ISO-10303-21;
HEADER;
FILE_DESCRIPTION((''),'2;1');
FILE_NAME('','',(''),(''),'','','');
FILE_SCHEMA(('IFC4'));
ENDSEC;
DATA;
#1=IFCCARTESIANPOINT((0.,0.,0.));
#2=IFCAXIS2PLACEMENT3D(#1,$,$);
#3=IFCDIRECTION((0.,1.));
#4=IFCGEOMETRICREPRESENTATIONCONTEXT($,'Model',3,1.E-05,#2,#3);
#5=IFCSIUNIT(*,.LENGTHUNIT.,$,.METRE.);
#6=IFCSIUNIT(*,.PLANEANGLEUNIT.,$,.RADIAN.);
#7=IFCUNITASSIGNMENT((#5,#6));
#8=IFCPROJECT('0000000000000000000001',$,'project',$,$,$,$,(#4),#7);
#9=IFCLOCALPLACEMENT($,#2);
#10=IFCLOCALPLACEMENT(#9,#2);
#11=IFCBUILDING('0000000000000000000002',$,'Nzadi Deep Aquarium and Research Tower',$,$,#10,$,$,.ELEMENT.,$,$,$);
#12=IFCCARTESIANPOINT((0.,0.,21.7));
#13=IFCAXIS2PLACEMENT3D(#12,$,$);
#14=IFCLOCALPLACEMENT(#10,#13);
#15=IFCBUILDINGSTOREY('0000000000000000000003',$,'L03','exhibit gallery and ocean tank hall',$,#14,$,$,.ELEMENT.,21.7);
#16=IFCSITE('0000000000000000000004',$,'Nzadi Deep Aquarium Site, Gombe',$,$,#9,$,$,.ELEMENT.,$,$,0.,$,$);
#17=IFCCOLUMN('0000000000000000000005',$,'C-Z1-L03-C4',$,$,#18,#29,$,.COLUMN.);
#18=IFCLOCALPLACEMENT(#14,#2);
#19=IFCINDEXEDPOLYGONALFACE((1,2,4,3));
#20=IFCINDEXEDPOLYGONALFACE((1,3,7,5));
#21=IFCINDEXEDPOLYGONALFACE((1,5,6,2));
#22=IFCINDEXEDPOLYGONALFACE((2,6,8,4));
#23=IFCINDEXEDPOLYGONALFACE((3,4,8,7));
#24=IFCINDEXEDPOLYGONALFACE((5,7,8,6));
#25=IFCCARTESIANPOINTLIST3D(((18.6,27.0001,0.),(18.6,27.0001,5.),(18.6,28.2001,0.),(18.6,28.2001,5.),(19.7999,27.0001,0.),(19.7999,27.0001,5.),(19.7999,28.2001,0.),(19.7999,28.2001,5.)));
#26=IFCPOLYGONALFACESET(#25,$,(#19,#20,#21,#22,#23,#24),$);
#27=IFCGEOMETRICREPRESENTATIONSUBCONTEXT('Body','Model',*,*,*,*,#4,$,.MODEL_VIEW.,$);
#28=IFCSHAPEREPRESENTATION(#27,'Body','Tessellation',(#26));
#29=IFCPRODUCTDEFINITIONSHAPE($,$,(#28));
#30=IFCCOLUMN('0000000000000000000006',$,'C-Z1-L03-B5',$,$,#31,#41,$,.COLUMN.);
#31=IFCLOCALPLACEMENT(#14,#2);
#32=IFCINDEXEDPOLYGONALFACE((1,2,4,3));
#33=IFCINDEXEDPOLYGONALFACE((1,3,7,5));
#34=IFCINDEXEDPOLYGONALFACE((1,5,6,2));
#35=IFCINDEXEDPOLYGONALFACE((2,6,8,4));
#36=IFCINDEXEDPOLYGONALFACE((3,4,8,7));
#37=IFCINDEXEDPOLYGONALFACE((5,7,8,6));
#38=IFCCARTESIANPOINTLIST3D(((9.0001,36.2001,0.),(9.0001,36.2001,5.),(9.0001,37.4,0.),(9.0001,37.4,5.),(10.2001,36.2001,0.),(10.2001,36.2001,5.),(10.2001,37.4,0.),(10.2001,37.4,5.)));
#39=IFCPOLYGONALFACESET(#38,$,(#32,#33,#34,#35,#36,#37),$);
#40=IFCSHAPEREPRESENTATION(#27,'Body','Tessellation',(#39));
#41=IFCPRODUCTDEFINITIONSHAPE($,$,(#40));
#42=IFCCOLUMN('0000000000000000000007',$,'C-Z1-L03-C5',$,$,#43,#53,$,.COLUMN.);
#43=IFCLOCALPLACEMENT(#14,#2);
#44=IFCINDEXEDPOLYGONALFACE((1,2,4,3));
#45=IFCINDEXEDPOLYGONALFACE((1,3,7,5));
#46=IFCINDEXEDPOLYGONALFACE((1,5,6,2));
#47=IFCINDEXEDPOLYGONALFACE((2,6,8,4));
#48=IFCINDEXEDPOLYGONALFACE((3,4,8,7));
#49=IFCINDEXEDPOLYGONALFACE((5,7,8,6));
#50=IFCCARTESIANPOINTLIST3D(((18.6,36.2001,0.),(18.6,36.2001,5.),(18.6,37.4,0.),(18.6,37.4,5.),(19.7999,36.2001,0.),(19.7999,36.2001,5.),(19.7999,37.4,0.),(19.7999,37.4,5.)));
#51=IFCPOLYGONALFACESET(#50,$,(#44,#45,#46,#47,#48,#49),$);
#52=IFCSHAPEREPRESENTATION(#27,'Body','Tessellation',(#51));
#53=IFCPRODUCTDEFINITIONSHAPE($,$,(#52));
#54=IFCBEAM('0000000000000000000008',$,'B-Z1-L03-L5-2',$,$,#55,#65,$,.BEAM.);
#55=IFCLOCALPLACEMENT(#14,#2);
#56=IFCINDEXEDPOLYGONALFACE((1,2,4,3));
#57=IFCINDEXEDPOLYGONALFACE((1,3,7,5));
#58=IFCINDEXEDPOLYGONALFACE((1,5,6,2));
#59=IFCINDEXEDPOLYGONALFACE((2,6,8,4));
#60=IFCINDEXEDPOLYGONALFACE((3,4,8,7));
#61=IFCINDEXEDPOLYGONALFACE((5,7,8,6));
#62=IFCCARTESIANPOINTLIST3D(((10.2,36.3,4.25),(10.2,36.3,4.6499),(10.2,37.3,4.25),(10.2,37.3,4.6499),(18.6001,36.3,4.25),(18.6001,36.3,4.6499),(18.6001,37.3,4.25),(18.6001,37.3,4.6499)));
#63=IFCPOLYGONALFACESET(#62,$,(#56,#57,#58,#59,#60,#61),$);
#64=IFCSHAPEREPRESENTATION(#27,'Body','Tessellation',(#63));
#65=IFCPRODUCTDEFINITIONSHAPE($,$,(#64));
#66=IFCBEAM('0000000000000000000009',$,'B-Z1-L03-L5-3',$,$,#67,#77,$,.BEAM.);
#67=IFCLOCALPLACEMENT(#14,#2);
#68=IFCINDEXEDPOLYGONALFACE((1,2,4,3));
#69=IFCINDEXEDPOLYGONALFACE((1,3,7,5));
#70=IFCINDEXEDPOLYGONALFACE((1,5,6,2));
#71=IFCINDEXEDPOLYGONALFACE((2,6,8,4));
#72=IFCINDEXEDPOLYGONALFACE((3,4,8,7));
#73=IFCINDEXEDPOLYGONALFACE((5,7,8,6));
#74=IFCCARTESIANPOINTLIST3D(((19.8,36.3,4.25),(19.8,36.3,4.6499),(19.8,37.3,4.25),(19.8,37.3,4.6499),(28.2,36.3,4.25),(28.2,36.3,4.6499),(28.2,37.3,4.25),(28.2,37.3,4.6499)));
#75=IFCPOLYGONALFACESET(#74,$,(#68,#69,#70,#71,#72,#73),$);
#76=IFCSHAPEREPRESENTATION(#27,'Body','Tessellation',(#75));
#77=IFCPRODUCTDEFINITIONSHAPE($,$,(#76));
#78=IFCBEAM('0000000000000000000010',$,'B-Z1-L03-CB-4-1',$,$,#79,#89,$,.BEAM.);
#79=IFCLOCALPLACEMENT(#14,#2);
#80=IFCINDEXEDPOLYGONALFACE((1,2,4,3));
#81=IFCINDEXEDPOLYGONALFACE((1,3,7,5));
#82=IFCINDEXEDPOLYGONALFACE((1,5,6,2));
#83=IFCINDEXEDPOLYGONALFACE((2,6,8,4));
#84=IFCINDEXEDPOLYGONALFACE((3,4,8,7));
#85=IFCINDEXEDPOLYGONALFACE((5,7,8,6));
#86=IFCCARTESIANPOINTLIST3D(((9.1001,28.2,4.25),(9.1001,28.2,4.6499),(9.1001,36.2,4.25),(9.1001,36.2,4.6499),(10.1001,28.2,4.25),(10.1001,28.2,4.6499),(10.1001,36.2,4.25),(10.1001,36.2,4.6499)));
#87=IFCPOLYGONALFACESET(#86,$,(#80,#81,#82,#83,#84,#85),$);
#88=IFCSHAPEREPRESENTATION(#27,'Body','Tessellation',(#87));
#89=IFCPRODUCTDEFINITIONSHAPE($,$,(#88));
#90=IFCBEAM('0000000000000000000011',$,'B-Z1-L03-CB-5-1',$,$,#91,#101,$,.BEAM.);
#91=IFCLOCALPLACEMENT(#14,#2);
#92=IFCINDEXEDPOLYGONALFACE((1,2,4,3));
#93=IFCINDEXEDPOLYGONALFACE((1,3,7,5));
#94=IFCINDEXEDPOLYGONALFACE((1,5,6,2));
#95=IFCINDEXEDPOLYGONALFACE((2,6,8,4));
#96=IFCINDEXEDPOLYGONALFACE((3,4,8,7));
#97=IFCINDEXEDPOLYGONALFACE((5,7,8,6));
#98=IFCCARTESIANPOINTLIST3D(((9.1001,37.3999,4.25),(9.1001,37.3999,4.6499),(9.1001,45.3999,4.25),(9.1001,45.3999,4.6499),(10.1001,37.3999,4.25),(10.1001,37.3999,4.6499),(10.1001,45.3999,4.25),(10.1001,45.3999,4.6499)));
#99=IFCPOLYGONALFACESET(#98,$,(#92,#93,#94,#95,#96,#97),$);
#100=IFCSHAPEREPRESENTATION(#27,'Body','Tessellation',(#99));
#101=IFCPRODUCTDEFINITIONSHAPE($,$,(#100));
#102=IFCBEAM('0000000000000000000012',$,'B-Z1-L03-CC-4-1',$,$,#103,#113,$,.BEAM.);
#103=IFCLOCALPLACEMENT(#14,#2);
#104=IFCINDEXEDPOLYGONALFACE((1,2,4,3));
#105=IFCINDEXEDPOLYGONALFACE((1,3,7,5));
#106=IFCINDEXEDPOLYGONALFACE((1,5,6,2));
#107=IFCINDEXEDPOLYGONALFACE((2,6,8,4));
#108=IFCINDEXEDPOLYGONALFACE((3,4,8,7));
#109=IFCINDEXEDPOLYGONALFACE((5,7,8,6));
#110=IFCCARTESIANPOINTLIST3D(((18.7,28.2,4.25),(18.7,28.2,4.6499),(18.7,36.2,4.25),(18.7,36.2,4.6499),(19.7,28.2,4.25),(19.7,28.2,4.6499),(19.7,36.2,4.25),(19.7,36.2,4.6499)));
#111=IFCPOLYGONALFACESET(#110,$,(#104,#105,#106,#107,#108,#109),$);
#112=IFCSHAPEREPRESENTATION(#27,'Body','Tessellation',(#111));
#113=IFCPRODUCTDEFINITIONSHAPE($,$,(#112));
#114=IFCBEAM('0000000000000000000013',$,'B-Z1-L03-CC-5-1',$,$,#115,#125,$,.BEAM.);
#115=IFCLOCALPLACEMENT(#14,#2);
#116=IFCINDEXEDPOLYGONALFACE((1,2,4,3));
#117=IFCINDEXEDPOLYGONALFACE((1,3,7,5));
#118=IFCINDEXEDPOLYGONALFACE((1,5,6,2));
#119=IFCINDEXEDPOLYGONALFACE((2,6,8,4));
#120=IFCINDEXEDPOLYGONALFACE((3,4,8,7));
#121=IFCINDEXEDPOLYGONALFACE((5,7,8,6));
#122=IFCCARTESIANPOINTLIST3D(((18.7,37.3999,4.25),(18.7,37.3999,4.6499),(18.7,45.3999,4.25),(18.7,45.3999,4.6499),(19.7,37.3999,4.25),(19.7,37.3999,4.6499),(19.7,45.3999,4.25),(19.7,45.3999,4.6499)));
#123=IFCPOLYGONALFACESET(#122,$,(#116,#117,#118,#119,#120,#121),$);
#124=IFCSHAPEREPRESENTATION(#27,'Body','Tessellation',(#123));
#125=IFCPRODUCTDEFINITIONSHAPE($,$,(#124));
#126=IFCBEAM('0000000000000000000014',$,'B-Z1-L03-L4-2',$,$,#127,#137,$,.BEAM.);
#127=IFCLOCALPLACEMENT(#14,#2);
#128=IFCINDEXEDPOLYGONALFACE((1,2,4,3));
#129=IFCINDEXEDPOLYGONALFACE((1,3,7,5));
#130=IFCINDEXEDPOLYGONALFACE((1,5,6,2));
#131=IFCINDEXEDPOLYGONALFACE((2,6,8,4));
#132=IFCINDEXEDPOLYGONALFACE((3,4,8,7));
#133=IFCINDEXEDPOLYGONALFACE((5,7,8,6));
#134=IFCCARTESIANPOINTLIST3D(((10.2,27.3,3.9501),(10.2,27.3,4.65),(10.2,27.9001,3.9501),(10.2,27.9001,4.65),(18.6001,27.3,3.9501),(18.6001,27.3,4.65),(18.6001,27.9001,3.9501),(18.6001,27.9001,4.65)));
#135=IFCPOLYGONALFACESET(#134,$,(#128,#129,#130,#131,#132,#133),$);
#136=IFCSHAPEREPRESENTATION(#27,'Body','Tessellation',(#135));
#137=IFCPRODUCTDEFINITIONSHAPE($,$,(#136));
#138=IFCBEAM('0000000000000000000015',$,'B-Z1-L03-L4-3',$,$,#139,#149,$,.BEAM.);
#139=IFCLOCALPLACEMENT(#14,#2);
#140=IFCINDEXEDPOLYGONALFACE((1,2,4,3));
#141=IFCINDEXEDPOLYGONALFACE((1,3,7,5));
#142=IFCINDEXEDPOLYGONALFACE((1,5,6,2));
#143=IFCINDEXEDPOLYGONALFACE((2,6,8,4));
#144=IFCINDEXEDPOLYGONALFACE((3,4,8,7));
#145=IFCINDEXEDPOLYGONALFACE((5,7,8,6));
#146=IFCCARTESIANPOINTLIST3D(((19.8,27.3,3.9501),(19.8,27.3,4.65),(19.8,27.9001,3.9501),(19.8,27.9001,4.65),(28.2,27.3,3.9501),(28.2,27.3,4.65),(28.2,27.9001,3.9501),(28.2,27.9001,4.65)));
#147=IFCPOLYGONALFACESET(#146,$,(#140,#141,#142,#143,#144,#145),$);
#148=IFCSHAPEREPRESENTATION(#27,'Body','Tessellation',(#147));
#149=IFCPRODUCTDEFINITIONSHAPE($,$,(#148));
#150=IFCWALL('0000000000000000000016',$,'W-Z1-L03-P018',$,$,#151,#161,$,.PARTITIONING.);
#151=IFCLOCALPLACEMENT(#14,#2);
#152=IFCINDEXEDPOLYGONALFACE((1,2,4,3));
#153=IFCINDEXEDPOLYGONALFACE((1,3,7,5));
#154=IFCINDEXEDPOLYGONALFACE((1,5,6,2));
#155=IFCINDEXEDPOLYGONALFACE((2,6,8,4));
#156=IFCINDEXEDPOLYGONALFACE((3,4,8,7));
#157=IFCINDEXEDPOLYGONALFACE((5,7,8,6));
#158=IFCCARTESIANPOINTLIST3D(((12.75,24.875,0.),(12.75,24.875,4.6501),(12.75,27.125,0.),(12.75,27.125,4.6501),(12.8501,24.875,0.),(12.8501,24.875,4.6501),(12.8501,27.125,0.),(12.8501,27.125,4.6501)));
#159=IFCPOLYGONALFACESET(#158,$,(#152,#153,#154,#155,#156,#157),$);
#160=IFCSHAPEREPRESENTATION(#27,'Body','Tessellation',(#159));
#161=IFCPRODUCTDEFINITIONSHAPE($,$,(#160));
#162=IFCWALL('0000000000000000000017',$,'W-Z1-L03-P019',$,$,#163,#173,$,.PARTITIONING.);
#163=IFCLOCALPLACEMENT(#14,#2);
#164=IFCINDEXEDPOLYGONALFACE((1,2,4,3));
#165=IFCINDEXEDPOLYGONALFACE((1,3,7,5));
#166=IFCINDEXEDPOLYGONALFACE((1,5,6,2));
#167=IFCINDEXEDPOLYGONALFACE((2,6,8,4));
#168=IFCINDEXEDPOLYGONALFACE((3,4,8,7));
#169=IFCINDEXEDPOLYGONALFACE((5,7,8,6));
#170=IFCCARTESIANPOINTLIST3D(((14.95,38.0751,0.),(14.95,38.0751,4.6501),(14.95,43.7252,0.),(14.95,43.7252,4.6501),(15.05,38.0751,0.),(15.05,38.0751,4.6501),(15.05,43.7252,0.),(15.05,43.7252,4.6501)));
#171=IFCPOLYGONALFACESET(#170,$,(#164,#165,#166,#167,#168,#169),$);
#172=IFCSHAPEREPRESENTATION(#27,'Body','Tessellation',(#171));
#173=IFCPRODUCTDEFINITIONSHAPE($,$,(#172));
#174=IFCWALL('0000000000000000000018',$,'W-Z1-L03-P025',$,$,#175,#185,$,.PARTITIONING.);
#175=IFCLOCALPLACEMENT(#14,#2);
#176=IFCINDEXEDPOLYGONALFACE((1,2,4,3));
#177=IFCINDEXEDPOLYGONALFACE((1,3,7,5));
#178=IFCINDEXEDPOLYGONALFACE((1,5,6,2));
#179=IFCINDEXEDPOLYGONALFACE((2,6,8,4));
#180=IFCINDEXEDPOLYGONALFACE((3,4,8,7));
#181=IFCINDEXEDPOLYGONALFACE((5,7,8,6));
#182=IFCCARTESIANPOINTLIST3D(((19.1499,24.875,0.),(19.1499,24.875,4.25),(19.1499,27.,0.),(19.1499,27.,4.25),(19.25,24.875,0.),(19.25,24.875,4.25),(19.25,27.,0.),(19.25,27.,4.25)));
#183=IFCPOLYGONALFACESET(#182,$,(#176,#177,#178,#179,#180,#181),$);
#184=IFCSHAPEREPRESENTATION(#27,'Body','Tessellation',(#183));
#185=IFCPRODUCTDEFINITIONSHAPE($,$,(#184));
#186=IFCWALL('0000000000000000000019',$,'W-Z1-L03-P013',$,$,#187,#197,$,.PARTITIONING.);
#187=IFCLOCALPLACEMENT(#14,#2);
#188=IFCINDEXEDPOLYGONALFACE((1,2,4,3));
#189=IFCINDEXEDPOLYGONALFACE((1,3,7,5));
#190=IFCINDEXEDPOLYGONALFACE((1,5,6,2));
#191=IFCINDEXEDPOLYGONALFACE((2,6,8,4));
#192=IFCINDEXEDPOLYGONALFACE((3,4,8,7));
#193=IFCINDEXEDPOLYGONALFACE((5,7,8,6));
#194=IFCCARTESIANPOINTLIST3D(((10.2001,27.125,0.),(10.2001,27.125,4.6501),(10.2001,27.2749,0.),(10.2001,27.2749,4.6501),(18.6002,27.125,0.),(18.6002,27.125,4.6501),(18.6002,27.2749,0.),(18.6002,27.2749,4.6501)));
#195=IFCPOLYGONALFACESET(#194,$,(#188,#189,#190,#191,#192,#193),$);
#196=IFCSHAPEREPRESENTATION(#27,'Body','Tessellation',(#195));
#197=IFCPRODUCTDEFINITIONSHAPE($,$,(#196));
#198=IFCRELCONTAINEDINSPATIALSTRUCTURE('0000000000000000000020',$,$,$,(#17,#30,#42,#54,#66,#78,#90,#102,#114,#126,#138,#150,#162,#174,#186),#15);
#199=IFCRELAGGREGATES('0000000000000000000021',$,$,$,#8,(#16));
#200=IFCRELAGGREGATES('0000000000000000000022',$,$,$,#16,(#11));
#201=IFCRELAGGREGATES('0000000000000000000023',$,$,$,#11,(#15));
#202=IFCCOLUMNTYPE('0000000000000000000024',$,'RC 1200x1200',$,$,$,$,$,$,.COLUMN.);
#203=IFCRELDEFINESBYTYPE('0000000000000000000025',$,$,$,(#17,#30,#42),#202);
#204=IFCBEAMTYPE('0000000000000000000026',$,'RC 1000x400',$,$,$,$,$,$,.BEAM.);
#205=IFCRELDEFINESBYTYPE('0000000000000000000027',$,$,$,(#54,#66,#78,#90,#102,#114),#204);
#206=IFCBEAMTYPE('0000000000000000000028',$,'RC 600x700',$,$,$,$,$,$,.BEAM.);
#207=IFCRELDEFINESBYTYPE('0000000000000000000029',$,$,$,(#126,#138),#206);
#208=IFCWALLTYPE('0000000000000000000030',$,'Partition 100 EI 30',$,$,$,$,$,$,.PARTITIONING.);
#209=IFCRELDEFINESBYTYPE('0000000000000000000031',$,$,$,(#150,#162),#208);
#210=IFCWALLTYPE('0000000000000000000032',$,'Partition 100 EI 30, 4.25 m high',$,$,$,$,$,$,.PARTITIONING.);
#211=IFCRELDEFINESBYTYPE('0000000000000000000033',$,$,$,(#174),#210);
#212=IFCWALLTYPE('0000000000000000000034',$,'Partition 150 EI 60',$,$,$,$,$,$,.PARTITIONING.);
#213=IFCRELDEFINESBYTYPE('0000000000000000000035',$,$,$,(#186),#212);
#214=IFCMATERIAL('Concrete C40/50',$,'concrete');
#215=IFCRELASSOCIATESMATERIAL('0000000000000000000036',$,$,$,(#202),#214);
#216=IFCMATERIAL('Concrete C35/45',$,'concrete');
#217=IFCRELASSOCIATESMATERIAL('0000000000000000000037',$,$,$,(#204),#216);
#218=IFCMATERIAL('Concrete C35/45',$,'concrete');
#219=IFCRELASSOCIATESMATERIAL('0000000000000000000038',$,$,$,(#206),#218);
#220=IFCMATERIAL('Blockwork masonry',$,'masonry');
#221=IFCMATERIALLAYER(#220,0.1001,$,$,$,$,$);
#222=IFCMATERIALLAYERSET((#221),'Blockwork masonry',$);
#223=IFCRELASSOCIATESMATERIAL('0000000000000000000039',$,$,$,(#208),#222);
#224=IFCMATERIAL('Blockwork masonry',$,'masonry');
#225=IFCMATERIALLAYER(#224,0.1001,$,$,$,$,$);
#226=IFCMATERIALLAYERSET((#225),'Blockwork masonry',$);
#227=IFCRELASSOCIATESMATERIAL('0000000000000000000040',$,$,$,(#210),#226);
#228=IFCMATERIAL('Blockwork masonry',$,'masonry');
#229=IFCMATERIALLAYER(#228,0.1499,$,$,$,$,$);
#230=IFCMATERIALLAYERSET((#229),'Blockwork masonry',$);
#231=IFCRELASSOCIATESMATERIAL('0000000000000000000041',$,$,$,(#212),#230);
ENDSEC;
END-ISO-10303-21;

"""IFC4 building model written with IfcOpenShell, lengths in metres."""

from ifc_helpers import new_model, si_unit, direction, frame, frame_2d, origin, origin_2d, place, context, subcontext, project, spatial, rectangle, extrude, material, layer, layer_set, material_profile, profile_set, type_object, element, save


model = new_model("IFC4")

# Units and contexts
model_context = context("Model", 3, precision=1e-05, world=origin(), true_north=direction((0.0, 1.0)))
body_context = subcontext(model_context, "Body", "Model", "MODEL_VIEW")
ifc_project = project(units=[si_unit("LENGTHUNIT", "METRE"), si_unit("PLANEANGLEUNIT", "RADIAN")], contexts=[model_context])

# Site, building, storey
site_placement = place(None, origin())
site = spatial("IfcSite", under=ifc_project, at=site_placement, Name="Nzadi Deep Aquarium Site, Gombe", CompositionType="ELEMENT", RefElevation=0.0)
building_placement = place(site_placement, origin())
building = spatial("IfcBuilding", under=site, at=building_placement, Name="Nzadi Deep Aquarium and Research Tower", CompositionType="ELEMENT")
storey_placement = place(building_placement, frame((0.0, 0.0, 21.7)))
storey = spatial("IfcBuildingStorey", under=building, at=storey_placement, Name="L03", Description="exhibit gallery and ocean tank hall", CompositionType="ELEMENT", Elevation=21.7)

# Columns
ifc_material_1 = material(Name="Concrete C40/50", Category="concrete")
ifc_material_profile_1 = material_profile(ifc_material_1, rectangle(XDim=1.2, YDim=1.2, at=origin_2d()))
ifc_profile_set_1 = profile_set([ifc_material_profile_1], Name="Concrete C40/50")
column_type = type_object("IfcColumnType", Name="RC 1200x1200", PredefinedType="COLUMN", material=ifc_profile_set_1)
for number, where, z_axis, x_axis, name in (
    (1, (19.2, 27.6001, 0.0), (0.0, 0.0, 1.0), (1.0, 0.0, 0.0), "C-Z1-L03-C4"),
    (2, (9.6001, 36.8, 0.0), (0.0, 0.0, 1.0), (1.0, 0.0, 0.0), "C-Z1-L03-B5"),
    (3, (19.2, 36.8, 0.0), (0.0, 0.0, 1.0), (1.0, 0.0, 0.0), "C-Z1-L03-C5"),
):
    element("IfcColumn", number, at=place(storey_placement, frame(where, z_axis=z_axis, x_axis=x_axis)), inside=storey, type_object=column_type, Name=name, PredefinedType="COLUMN", context=body_context, shape_type="SweptSolid", body=[
        extrude(rectangle(XDim=1.2, YDim=1.2, at=origin_2d()), origin(), (0.0, 0.0, 1.0), 5.0),
    ])

# Beams
ifc_material_2 = material(Name="Concrete C35/45", Category="concrete")
ifc_material_profile_2 = material_profile(ifc_material_2, rectangle(XDim=1.0, YDim=0.3999, at=origin_2d()))
ifc_profile_set_2 = profile_set([ifc_material_profile_2], Name="Concrete C35/45")
beam_type_1 = type_object("IfcBeamType", Name="RC 1000x400", PredefinedType="BEAM", material=ifc_profile_set_2)
beam_1_placement = place(storey_placement, frame((10.2, 36.8, 4.45), z_axis=(1.0, 0.0, 0.0), x_axis=(0.0, 1.0, 0.0)))
element("IfcBeam", 4, at=beam_1_placement, inside=storey, type_object=beam_type_1, Name="B-Z1-L03-L5-2", PredefinedType="BEAM", context=body_context, shape_type="SweptSolid", body=[
    extrude(rectangle(XDim=1.0, YDim=0.3999, at=origin_2d()), origin(), (0.0, 0.0, 1.0), 8.4001),
])
beam_2_placement = place(storey_placement, frame((19.8, 36.8, 4.45), z_axis=(1.0, 0.0, 0.0), x_axis=(0.0, 1.0, 0.0)))
element("IfcBeam", 5, at=beam_2_placement, inside=storey, type_object=beam_type_1, Name="B-Z1-L03-L5-3", PredefinedType="BEAM", context=body_context, shape_type="SweptSolid", body=[
    extrude(rectangle(XDim=1.0, YDim=0.3999, at=origin_2d()), origin(), (0.0, 0.0, 1.0), 8.3999),
])
for number, where, z_axis, x_axis, name in (
    (6, (9.6001, 28.2, 4.45), (0.0, 1.0, 0.0), (-1.0, 0.0, 0.0), "B-Z1-L03-CB-4-1"),
    (7, (9.6001, 37.3999, 4.45), (0.0, 1.0, 0.0), (-1.0, 0.0, 0.0), "B-Z1-L03-CB-5-1"),
    (8, (19.2, 28.2, 4.45), (0.0, 1.0, 0.0), (-1.0, 0.0, 0.0), "B-Z1-L03-CC-4-1"),
    (9, (19.2, 37.3999, 4.45), (0.0, 1.0, 0.0), (-1.0, 0.0, 0.0), "B-Z1-L03-CC-5-1"),
):
    element("IfcBeam", number, at=place(storey_placement, frame(where, z_axis=z_axis, x_axis=x_axis)), inside=storey, type_object=beam_type_1, Name=name, PredefinedType="BEAM", context=body_context, shape_type="SweptSolid", body=[
        extrude(rectangle(XDim=1.0, YDim=0.3999, at=origin_2d()), origin(), (0.0, 0.0, 1.0), 8.0),
    ])
ifc_material_3 = material(Name="Concrete C35/45", Category="concrete")
ifc_material_profile_3 = material_profile(ifc_material_3, rectangle(XDim=0.6001, YDim=0.7, at=origin_2d()))
ifc_profile_set_3 = profile_set([ifc_material_profile_3], Name="Concrete C35/45")
beam_type_2 = type_object("IfcBeamType", Name="RC 600x700", PredefinedType="BEAM", material=ifc_profile_set_3)
beam_3_placement = place(storey_placement, frame((10.2, 27.6001, 4.3), z_axis=(1.0, 0.0, 0.0), x_axis=(0.0, 1.0, 0.0)))
element("IfcBeam", 10, at=beam_3_placement, inside=storey, type_object=beam_type_2, Name="B-Z1-L03-L4-2", PredefinedType="BEAM", context=body_context, shape_type="SweptSolid", body=[
    extrude(rectangle(XDim=0.6001, YDim=0.7, at=origin_2d()), origin(), (0.0, 0.0, 1.0), 8.4001),
])
beam_4_placement = place(storey_placement, frame((19.8, 27.6001, 4.3), z_axis=(1.0, 0.0, 0.0), x_axis=(0.0, 1.0, 0.0)))
element("IfcBeam", 11, at=beam_4_placement, inside=storey, type_object=beam_type_2, Name="B-Z1-L03-L4-3", PredefinedType="BEAM", context=body_context, shape_type="SweptSolid", body=[
    extrude(rectangle(XDim=0.6001, YDim=0.7, at=origin_2d()), origin(), (0.0, 0.0, 1.0), 8.3999),
])

# Walls
ifc_material_4 = material(Name="Blockwork masonry", Category="masonry")
ifc_layer_1 = layer(ifc_material_4, 0.1001)
ifc_layer_set_1 = layer_set([ifc_layer_1], Name="Blockwork masonry")
wall_type_1 = type_object("IfcWallType", Name="Partition 100 EI 30", PredefinedType="PARTITIONING", material=ifc_layer_set_1)
wall_1_placement = place(storey_placement, frame((12.8, 24.875, 0.0), z_axis=(0.0, 0.0, 1.0), x_axis=(0.0, 1.0, 0.0)))
element("IfcWall", 12, at=wall_1_placement, inside=storey, type_object=wall_type_1, Name="W-Z1-L03-P018", PredefinedType="PARTITIONING", context=body_context, shape_type="SweptSolid", body=[
    extrude(rectangle(XDim=2.25, YDim=0.1001, at=frame_2d((1.125, 0.0))), origin(), (0.0, 0.0, 1.0), 4.6501),
])
wall_2_placement = place(storey_placement, frame((15.0, 38.075, 0.0), z_axis=(0.0, 0.0, 1.0), x_axis=(0.0, 1.0, 0.0)))
element("IfcWall", 13, at=wall_2_placement, inside=storey, type_object=wall_type_1, Name="W-Z1-L03-P019", PredefinedType="PARTITIONING", context=body_context, shape_type="SweptSolid", body=[
    extrude(rectangle(XDim=5.6501, YDim=0.1001, at=frame_2d((2.8252, 0.0))), origin(), (0.0, 0.0, 1.0), 4.6501),
])
ifc_material_5 = material(Name="Blockwork masonry", Category="masonry")
ifc_layer_2 = layer(ifc_material_5, 0.1001)
ifc_layer_set_2 = layer_set([ifc_layer_2], Name="Blockwork masonry")
wall_type_2 = type_object("IfcWallType", Name="Partition 100 EI 30, 4.25 m high", PredefinedType="PARTITIONING", material=ifc_layer_set_2)
wall_3_placement = place(storey_placement, frame((19.2, 24.875, 0.0), z_axis=(0.0, 0.0, 1.0), x_axis=(0.0, 1.0, 0.0)))
element("IfcWall", 14, at=wall_3_placement, inside=storey, type_object=wall_type_2, Name="W-Z1-L03-P025", PredefinedType="PARTITIONING", context=body_context, shape_type="SweptSolid", body=[
    extrude(rectangle(XDim=2.125, YDim=0.1001, at=frame_2d((1.0625, 0.0))), origin(), (0.0, 0.0, 1.0), 4.25),
])
ifc_material_6 = material(Name="Blockwork masonry", Category="masonry")
ifc_layer_3 = layer(ifc_material_6, 0.1499)
ifc_layer_set_3 = layer_set([ifc_layer_3], Name="Blockwork masonry")
wall_type_3 = type_object("IfcWallType", Name="Partition 150 EI 60", PredefinedType="PARTITIONING", material=ifc_layer_set_3)
wall_4_placement = place(storey_placement, frame((10.2, 27.2, 0.0), z_axis=(0.0, 0.0, 1.0), x_axis=(1.0, 0.0, 0.0)))
element("IfcWall", 15, at=wall_4_placement, inside=storey, type_object=wall_type_3, Name="W-Z1-L03-P013", PredefinedType="PARTITIONING", context=body_context, shape_type="SweptSolid", body=[
    extrude(rectangle(XDim=8.4001, YDim=0.1499, at=frame_2d((4.2002, 0.0))), origin(), (0.0, 0.0, 1.0), 4.6501),
])

save(model, "model.ifc")
